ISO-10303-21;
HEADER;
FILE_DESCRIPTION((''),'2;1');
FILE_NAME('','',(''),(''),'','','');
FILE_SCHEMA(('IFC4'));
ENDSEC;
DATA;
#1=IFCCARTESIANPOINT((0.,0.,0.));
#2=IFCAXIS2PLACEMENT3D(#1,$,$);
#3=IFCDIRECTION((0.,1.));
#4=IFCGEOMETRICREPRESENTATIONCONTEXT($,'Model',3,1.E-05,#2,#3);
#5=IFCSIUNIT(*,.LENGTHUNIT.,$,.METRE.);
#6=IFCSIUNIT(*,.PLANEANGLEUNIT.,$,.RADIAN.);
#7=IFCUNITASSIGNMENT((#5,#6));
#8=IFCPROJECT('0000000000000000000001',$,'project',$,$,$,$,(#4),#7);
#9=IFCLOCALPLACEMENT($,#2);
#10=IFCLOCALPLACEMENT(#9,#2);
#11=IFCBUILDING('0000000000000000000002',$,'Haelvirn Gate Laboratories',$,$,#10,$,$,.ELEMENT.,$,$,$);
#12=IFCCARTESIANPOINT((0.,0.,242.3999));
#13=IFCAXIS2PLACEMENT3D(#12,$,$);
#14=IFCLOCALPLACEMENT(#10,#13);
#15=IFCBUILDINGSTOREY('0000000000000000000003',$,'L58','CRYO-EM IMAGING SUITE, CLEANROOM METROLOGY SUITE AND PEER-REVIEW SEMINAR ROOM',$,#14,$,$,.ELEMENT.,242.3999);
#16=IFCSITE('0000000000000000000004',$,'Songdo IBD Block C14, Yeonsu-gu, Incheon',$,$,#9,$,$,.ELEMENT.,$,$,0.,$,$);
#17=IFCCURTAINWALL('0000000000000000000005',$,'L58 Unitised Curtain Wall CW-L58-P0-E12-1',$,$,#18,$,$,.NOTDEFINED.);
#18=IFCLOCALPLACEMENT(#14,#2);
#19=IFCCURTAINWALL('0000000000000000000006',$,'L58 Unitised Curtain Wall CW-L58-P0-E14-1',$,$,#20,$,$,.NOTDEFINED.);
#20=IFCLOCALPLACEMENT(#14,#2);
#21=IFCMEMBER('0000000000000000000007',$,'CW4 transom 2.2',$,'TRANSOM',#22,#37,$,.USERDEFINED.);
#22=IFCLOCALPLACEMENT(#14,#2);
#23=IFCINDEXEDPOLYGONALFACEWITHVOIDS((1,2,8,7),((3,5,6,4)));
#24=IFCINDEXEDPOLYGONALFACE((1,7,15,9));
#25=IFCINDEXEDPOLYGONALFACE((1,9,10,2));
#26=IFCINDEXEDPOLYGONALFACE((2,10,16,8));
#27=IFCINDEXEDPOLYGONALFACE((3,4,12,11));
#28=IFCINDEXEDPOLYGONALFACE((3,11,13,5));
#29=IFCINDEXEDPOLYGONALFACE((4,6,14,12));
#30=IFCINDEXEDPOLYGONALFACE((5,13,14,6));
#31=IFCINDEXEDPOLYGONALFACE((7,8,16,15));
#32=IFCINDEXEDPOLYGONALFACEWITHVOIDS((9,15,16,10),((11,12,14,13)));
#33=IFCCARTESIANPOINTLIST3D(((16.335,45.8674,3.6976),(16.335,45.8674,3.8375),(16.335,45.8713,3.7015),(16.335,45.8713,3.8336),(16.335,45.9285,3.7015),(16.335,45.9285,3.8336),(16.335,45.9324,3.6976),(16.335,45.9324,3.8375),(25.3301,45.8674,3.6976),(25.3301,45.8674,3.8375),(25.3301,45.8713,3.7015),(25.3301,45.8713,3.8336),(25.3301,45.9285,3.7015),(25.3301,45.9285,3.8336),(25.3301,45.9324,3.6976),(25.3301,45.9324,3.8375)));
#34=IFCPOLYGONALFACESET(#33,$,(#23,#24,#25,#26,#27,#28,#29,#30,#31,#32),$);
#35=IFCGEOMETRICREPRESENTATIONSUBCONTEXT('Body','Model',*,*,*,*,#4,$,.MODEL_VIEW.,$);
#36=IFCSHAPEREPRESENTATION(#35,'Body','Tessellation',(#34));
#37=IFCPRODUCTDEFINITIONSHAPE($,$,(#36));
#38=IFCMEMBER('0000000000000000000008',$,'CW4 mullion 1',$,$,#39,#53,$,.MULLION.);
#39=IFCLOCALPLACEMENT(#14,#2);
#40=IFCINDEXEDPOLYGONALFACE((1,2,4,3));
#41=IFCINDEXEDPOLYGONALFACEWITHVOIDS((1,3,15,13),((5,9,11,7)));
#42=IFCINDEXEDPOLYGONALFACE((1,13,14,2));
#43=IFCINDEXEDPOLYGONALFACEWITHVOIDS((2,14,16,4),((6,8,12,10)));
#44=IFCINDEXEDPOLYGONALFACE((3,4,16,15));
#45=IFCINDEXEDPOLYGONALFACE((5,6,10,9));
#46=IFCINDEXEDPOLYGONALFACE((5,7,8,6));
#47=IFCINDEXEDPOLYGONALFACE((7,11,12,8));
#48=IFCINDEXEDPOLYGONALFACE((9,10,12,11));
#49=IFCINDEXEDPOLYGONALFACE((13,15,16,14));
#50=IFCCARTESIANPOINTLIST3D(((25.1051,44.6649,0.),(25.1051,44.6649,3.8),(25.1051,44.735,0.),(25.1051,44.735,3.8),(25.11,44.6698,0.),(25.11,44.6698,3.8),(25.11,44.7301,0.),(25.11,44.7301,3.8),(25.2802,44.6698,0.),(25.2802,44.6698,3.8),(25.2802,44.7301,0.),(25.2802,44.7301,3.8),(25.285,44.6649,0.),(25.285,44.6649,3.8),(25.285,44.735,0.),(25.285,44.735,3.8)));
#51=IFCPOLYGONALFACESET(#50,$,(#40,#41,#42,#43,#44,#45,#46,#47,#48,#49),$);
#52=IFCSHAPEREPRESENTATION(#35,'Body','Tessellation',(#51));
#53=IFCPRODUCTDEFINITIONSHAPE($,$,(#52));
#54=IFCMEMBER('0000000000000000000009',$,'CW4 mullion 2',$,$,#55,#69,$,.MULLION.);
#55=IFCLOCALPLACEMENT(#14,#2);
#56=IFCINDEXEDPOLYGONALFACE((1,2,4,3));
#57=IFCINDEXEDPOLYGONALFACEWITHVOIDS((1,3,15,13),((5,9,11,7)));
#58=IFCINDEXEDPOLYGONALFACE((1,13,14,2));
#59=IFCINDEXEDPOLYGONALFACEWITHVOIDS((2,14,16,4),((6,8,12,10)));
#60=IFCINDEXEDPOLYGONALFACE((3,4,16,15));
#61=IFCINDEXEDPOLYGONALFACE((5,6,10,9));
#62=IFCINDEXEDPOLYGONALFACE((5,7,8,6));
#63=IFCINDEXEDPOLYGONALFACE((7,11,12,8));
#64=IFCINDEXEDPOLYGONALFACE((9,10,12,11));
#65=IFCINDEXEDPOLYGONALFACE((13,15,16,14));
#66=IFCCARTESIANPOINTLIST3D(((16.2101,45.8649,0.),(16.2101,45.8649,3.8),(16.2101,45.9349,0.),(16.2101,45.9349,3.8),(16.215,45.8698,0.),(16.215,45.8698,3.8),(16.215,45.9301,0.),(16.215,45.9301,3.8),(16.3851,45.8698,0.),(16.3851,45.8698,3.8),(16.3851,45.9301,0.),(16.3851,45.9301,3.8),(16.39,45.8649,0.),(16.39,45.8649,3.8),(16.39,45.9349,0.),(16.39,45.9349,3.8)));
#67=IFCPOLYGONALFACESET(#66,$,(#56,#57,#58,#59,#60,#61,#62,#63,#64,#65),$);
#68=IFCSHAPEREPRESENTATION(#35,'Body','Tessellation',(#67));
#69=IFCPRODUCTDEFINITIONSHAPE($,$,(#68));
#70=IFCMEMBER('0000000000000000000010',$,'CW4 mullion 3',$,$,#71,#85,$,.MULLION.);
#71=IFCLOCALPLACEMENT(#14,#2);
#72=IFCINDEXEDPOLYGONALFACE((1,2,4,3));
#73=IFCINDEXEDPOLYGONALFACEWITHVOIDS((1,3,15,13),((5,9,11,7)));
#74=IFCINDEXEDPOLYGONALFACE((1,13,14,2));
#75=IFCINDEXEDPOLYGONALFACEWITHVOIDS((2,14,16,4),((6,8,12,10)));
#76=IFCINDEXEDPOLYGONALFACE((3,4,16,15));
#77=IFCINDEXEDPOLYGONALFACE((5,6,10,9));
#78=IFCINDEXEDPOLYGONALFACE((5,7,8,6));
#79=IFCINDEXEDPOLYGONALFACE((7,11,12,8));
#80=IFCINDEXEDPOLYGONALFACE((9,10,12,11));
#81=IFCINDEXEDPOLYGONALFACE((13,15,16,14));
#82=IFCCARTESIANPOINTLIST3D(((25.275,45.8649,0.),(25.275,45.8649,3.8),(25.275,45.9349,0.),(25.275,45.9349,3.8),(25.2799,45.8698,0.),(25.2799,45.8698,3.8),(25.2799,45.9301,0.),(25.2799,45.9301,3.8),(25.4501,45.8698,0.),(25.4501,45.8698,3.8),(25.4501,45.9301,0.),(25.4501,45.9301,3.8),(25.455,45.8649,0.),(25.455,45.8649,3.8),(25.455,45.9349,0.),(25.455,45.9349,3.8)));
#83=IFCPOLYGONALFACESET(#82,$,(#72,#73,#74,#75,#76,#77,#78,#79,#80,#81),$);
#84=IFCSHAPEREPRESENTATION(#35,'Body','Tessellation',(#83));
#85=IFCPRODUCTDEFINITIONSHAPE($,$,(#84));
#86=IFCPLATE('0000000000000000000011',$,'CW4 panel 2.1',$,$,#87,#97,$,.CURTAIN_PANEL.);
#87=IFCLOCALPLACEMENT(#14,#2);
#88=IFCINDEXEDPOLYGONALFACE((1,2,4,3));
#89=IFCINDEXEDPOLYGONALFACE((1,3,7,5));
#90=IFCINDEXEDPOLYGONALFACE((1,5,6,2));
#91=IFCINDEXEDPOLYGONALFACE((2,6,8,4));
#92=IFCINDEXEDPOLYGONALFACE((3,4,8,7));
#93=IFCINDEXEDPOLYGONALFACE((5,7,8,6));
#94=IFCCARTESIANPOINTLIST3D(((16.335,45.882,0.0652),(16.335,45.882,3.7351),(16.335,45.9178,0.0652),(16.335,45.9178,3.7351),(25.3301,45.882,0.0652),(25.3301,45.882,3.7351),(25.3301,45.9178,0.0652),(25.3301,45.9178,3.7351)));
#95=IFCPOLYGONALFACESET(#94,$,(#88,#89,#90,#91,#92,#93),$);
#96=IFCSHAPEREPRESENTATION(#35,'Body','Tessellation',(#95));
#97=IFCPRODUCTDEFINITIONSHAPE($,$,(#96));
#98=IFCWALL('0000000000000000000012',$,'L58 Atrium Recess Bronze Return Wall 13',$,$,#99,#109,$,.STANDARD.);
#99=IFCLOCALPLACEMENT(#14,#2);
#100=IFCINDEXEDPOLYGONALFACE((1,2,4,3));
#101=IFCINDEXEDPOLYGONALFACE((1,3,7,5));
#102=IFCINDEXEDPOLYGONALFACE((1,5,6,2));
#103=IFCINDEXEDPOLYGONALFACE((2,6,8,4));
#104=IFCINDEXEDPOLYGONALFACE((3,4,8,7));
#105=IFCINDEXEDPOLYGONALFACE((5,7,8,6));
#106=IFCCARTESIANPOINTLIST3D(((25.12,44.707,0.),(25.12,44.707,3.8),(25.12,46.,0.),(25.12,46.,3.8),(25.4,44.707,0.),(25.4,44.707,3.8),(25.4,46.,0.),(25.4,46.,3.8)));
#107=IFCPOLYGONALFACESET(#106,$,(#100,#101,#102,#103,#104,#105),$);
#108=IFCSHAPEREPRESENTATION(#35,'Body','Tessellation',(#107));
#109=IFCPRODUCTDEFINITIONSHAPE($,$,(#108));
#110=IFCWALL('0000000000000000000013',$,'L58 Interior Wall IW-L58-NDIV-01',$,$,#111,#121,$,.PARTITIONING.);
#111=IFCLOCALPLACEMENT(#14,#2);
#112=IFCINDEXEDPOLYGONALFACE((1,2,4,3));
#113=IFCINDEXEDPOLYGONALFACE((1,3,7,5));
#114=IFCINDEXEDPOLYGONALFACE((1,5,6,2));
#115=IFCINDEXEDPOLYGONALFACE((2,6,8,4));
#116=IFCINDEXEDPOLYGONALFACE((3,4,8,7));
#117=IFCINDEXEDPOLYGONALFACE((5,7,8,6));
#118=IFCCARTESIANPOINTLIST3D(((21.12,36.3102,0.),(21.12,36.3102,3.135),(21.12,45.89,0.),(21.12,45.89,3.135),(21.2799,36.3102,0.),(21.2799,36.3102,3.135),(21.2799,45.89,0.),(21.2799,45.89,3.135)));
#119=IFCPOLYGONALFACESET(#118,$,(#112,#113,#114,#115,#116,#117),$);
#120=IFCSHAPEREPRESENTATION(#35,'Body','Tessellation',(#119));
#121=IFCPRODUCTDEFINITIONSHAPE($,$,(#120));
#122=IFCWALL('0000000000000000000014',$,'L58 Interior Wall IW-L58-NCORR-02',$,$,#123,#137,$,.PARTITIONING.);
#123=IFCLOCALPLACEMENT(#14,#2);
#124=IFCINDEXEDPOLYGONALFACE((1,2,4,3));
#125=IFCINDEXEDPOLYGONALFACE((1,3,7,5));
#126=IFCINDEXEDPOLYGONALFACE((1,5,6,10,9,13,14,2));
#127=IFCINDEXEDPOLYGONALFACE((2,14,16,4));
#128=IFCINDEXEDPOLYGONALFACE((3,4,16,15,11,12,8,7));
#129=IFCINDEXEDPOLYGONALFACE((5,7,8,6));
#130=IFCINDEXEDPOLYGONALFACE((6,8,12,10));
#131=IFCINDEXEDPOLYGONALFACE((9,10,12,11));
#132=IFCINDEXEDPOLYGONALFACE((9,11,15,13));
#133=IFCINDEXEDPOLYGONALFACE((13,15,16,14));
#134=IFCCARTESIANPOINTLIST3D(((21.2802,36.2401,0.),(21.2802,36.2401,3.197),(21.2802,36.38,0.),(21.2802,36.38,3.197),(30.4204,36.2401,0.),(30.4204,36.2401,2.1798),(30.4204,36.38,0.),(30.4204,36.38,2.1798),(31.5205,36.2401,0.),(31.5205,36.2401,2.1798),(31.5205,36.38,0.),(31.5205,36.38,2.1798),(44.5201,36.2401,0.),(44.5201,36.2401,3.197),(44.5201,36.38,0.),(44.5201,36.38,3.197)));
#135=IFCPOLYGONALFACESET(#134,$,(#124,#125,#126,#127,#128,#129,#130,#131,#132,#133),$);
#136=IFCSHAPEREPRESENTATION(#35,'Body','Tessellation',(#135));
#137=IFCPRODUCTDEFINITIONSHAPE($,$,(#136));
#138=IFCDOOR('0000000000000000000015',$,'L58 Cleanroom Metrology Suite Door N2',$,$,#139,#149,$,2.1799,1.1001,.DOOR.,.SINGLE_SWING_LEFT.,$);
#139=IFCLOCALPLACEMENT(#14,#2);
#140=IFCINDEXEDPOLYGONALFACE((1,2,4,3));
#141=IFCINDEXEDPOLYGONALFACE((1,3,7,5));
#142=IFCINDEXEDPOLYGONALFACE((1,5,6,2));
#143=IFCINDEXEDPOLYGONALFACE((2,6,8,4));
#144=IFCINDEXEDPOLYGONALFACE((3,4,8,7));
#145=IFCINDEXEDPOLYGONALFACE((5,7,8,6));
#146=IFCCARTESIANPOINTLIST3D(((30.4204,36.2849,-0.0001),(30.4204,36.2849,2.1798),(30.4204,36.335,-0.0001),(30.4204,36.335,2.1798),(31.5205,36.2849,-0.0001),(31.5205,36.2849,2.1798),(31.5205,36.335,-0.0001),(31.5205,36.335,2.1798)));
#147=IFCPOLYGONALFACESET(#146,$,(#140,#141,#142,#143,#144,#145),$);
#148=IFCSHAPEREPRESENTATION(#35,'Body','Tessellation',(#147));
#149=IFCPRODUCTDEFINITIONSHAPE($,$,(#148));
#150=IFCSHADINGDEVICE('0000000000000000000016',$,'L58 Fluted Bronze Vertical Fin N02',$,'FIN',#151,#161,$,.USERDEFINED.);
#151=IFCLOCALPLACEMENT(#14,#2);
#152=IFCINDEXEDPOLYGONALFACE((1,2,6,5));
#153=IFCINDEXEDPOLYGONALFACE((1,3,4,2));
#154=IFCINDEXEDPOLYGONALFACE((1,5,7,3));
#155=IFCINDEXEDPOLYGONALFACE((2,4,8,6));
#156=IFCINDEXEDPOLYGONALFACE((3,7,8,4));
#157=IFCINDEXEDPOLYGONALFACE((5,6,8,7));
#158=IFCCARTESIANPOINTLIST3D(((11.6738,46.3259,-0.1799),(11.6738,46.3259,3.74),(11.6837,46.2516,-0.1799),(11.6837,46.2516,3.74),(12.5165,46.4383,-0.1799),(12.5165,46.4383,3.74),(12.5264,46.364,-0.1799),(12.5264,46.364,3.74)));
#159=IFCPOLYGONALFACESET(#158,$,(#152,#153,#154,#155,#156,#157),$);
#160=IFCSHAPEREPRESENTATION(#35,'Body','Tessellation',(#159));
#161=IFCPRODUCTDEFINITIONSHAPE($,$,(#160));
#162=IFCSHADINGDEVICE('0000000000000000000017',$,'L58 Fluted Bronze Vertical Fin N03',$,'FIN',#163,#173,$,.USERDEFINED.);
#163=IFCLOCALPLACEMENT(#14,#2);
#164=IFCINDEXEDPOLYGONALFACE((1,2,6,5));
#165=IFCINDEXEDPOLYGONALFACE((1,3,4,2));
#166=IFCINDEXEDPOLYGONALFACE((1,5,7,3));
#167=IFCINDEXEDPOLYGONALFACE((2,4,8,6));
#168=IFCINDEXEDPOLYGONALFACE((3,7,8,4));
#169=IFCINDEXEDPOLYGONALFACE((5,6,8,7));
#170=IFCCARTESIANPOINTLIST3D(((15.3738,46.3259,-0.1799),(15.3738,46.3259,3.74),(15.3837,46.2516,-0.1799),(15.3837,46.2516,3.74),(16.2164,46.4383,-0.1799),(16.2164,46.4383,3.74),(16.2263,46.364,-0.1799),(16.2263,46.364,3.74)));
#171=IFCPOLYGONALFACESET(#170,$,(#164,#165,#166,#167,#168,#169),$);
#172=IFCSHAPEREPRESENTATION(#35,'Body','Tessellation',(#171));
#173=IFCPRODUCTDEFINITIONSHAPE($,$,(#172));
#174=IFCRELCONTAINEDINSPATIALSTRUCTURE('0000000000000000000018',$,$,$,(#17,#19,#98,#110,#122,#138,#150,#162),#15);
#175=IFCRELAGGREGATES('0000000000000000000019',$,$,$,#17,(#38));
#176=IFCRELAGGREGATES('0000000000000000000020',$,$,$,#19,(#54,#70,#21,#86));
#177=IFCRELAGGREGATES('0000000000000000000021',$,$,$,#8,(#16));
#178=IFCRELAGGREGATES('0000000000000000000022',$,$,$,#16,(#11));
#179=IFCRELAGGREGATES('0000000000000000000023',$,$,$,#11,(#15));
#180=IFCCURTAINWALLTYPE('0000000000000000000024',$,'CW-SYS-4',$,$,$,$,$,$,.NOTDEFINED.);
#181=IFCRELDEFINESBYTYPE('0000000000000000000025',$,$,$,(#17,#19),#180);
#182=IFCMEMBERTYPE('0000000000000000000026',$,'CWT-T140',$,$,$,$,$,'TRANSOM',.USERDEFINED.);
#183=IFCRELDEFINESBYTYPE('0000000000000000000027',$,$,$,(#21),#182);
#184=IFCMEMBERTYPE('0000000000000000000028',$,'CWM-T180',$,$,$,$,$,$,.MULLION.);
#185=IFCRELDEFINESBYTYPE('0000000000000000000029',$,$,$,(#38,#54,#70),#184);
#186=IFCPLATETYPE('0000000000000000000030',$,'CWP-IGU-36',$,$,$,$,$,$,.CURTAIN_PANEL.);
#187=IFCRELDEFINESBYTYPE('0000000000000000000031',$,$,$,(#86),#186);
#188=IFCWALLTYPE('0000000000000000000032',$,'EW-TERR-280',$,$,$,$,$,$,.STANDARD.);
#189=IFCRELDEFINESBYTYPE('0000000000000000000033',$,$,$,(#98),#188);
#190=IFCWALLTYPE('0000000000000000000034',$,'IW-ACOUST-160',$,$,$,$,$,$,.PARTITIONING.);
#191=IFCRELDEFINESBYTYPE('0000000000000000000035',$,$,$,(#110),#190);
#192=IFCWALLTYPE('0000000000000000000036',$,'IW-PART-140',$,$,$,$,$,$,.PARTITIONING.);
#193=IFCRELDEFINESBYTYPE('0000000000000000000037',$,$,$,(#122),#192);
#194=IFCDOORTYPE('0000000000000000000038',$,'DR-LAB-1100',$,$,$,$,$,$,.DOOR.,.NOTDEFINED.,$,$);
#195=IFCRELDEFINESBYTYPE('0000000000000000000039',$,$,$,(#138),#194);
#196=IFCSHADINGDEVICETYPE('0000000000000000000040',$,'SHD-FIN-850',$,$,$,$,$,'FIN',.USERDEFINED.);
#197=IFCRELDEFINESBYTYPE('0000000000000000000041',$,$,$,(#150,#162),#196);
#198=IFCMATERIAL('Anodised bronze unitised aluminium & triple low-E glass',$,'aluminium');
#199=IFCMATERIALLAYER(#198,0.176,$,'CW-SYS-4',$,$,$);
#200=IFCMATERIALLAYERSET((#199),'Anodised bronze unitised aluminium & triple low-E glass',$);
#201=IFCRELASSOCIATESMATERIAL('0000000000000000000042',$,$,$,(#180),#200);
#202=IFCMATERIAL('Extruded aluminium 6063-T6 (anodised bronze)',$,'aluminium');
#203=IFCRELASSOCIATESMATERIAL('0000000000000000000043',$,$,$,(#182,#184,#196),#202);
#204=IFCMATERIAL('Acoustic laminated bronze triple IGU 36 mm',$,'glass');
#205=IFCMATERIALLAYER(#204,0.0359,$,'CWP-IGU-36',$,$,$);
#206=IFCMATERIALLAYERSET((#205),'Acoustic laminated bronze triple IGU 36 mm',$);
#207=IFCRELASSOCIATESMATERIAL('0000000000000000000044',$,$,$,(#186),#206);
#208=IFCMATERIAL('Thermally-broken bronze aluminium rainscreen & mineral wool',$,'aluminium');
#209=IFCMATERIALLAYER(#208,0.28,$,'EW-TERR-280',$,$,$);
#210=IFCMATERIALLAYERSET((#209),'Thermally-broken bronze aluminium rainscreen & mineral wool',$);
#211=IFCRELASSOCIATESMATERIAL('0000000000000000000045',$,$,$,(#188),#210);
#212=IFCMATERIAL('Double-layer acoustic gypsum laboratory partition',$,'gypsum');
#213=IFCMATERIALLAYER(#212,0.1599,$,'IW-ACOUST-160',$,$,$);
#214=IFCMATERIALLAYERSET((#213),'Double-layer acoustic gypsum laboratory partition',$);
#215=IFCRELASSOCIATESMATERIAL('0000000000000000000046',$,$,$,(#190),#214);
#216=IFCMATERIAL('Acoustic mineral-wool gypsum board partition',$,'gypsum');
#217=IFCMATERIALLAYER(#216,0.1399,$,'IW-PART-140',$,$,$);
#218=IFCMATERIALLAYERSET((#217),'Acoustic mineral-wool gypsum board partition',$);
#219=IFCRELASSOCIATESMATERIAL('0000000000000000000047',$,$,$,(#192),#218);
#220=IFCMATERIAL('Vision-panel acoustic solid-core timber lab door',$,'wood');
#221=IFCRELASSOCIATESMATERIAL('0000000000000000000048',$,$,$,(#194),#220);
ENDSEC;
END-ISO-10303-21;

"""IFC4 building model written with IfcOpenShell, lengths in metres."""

from ifc_helpers import new_model, si_unit, direction, frame, frame_2d, origin, origin_2d, place, context, subcontext, project, spatial, rectangle, hollow_rectangle, extrude, source, transform, mapped, material, layer, layer_set, material_profile, profile_set, type_object, type_shapes, element, fill, aggregate, save


model = new_model("IFC4")

# Units and contexts
model_context = context("Model", 3, precision=1e-05, world=origin(), true_north=direction((0.0, 1.0)))
body_context = subcontext(model_context, "Body", "Model", "MODEL_VIEW")
ifc_project = project(units=[si_unit("LENGTHUNIT", "METRE"), si_unit("PLANEANGLEUNIT", "RADIAN")], contexts=[model_context])

# Site, building, storey
site_placement = place(None, origin())
site = spatial("IfcSite", under=ifc_project, at=site_placement, Name="Songdo IBD Block C14, Yeonsu-gu, Incheon", CompositionType="ELEMENT", RefElevation=0.0)
building_placement = place(site_placement, origin())
building = spatial("IfcBuilding", under=site, at=building_placement, Name="Haelvirn Gate Laboratories", CompositionType="ELEMENT")
storey_placement = place(building_placement, frame((0.0, 0.0, 242.3999)))
storey = spatial("IfcBuildingStorey", under=building, at=storey_placement, Name="L58", Description="CRYO-EM IMAGING SUITE, CLEANROOM METROLOGY SUITE AND PEER-REVIEW SEMINAR ROOM", CompositionType="ELEMENT", Elevation=242.3999)

# Curtain walls, member
ifc_material_1 = material(Name="Anodised bronze unitised aluminium & triple low-E glass", Category="aluminium")
ifc_layer_1 = layer(ifc_material_1, 0.176, Name="CW-SYS-4")
ifc_layer_set_1 = layer_set([ifc_layer_1], Name="Anodised bronze unitised aluminium & triple low-E glass")
curtain_wall_type = type_object("IfcCurtainWallType", Name="CW-SYS-4", PredefinedType="NOTDEFINED", material=ifc_layer_set_1)
curtain_wall_1_placement = place(storey_placement, origin())
curtain_wall_1 = element("IfcCurtainWall", 1, at=curtain_wall_1_placement, inside=storey, type_object=curtain_wall_type, Name="L58 Unitised Curtain Wall CW-L58-P0-E12-1", PredefinedType="NOTDEFINED")
ifc_material_2 = material(Name="Extruded aluminium 6063-T6 (anodised bronze)", Category="aluminium")
ifc_material_profile_1 = material_profile(ifc_material_2, hollow_rectangle(XDim=0.0649, YDim=0.1399, WallThickness=0.0039, at=origin_2d()), Name="CWT-140x65x4")
ifc_profile_set_1 = profile_set([ifc_material_profile_1], Name="Extruded aluminium 6063-T6 (anodised bronze)")
member_type_1 = type_object("IfcMemberType", Name="CWT-T140", ElementType="TRANSOM", PredefinedType="USERDEFINED", material=ifc_profile_set_1)
curtain_wall_2_placement = place(storey_placement, origin())
curtain_wall_2 = element("IfcCurtainWall", 2, at=curtain_wall_2_placement, inside=storey, type_object=curtain_wall_type, Name="L58 Unitised Curtain Wall CW-L58-P0-E14-1", PredefinedType="NOTDEFINED")
shared_shape_1 = source(origin(), body_context, "Body", "SweptSolid", [
    extrude(hollow_rectangle(XDim=0.0649, YDim=0.1399, WallThickness=0.0039, at=origin_2d()), origin(), (0.0, 0.0, 1.0), 8.9951),
])
member_1_placement = place(storey_placement, frame((16.335, 45.8999, 3.7676), z_axis=(1.0, 0.0, 0.0), x_axis=(0.0, 1.0, 0.0)))
member_1 = element("IfcMember", 3, at=member_1_placement, type_object=member_type_1, Name="CW4 transom 2.2", ObjectType="TRANSOM", PredefinedType="USERDEFINED", context=body_context, shape_type="MappedRepresentation", body=[
    mapped(shared_shape_1, transform((0.0, 0.0, 0.0), scale=1.0)),
])

# Members
ifc_material_profile_2 = material_profile(ifc_material_2, hollow_rectangle(XDim=0.0701, YDim=0.1799, WallThickness=0.0049, at=origin_2d()), Name="CWM-180x70x5")
ifc_profile_set_2 = profile_set([ifc_material_profile_2], Name="Extruded aluminium 6063-T6 (anodised bronze)")
member_type_2 = type_object("IfcMemberType", Name="CWM-T180", PredefinedType="MULLION", material=ifc_profile_set_2)
shared_shape_2 = source(origin(), body_context, "Body", "SweptSolid", [
    extrude(hollow_rectangle(XDim=0.0701, YDim=0.1799, WallThickness=0.0049, at=origin_2d()), origin(), (0.0, 0.0, 1.0), 3.8),
])
type_shapes(member_type_2, [shared_shape_2])
member_2_placement = place(storey_placement, frame((25.1951, 44.7, 0.0), z_axis=(0.0, 0.0, 1.0), x_axis=(0.0, 1.0, 0.0)))
member_2 = element("IfcMember", 4, at=member_2_placement, type_object=member_type_2, Name="CW4 mullion 1", PredefinedType="MULLION", context=body_context, shape_type="MappedRepresentation", body=[
    mapped(shared_shape_2, transform((0.0, 0.0, 0.0), scale=1.0)),
])
aggregate(curtain_wall_1, [member_2])
member_3_placement = place(storey_placement, frame((16.3, 45.8999, 0.0), z_axis=(0.0, 0.0, 1.0), x_axis=(0.0, 1.0, 0.0)))
member_3 = element("IfcMember", 5, at=member_3_placement, type_object=member_type_2, Name="CW4 mullion 2", PredefinedType="MULLION", context=body_context, shape_type="MappedRepresentation", body=[
    mapped(shared_shape_2, transform((0.0, 0.0, 0.0), scale=1.0)),
])
member_4_placement = place(storey_placement, frame((25.365, 45.8999, 0.0), z_axis=(0.0, 0.0, 1.0), x_axis=(0.0, 1.0, 0.0)))
member_4 = element("IfcMember", 6, at=member_4_placement, type_object=member_type_2, Name="CW4 mullion 3", PredefinedType="MULLION", context=body_context, shape_type="MappedRepresentation", body=[
    mapped(shared_shape_2, transform((0.0, 0.0, 0.0), scale=1.0)),
])

# Plate
ifc_material_3 = material(Name="Acoustic laminated bronze triple IGU 36 mm", Category="glass")
ifc_layer_2 = layer(ifc_material_3, 0.0359, Name="CWP-IGU-36")
ifc_layer_set_2 = layer_set([ifc_layer_2], Name="Acoustic laminated bronze triple IGU 36 mm")
plate_type = type_object("IfcPlateType", Name="CWP-IGU-36", PredefinedType="CURTAIN_PANEL", material=ifc_layer_set_2)
shared_shape_3 = source(origin(), body_context, "Body", "SweptSolid", [
    extrude(rectangle(XDim=8.9951, YDim=0.0359, at=origin_2d()), origin(), (0.0, 0.0, 1.0), 3.6699),
])
type_shapes(plate_type, [shared_shape_3])
plate_placement = place(storey_placement, frame((20.8325, 45.8999, 0.0652), z_axis=(0.0, 0.0, 1.0), x_axis=(1.0, 0.0, 0.0)))
plate = element("IfcPlate", 7, at=plate_placement, type_object=plate_type, Name="CW4 panel 2.1", PredefinedType="CURTAIN_PANEL", context=body_context, shape_type="MappedRepresentation", body=[
    mapped(shared_shape_3, transform((0.0, 0.0, 0.0), scale=1.0)),
])
aggregate(curtain_wall_2, [member_3, member_4, member_1, plate])

# Walls
ifc_material_4 = material(Name="Thermally-broken bronze aluminium rainscreen & mineral wool", Category="aluminium")
ifc_layer_3 = layer(ifc_material_4, 0.28, Name="EW-TERR-280")
ifc_layer_set_3 = layer_set([ifc_layer_3], Name="Thermally-broken bronze aluminium rainscreen & mineral wool")
wall_type_1 = type_object("IfcWallType", Name="EW-TERR-280", PredefinedType="STANDARD", material=ifc_layer_set_3)
wall_1_placement = place(storey_placement, frame((25.26, 44.707, 0.0), z_axis=(0.0, 0.0, 1.0), x_axis=(0.0, 1.0, 0.0)))
element("IfcWall", 8, at=wall_1_placement, inside=storey, type_object=wall_type_1, Name="L58 Atrium Recess Bronze Return Wall 13", PredefinedType="STANDARD", context=body_context, shape_type="SweptSolid", body=[
    extrude(rectangle(XDim=1.293, YDim=0.28, at=frame_2d((0.6465, 0.0))), origin(), (0.0, 0.0, 1.0), 3.8),
])
ifc_material_5 = material(Name="Double-layer acoustic gypsum laboratory partition", Category="gypsum")
ifc_layer_4 = layer(ifc_material_5, 0.1599, Name="IW-ACOUST-160")
ifc_layer_set_4 = layer_set([ifc_layer_4], Name="Double-layer acoustic gypsum laboratory partition")
wall_type_2 = type_object("IfcWallType", Name="IW-ACOUST-160", PredefinedType="PARTITIONING", material=ifc_layer_set_4)
wall_2_placement = place(storey_placement, frame((21.2, 36.3101, 0.0), z_axis=(0.0, 0.0, 1.0), x_axis=(0.0, 1.0, 0.0)))
element("IfcWall", 9, at=wall_2_placement, inside=storey, type_object=wall_type_2, Name="L58 Interior Wall IW-L58-NDIV-01", PredefinedType="PARTITIONING", context=body_context, shape_type="SweptSolid", body=[
    extrude(rectangle(XDim=9.5798, YDim=0.1599, at=frame_2d((4.79, 0.0))), origin(), (0.0, 0.0, 1.0), 3.135),
])

# Wall, opening, door
ifc_material_6 = material(Name="Acoustic mineral-wool gypsum board partition", Category="gypsum")
ifc_layer_5 = layer(ifc_material_6, 0.1399, Name="IW-PART-140")
ifc_layer_set_5 = layer_set([ifc_layer_5], Name="Acoustic mineral-wool gypsum board partition")
wall_type_3 = type_object("IfcWallType", Name="IW-PART-140", PredefinedType="PARTITIONING", material=ifc_layer_set_5)
wall_3_placement = place(storey_placement, frame((21.28, 36.3101, 0.0), z_axis=(0.0, 0.0, 1.0), x_axis=(1.0, 0.0, 0.0)))
wall_3 = element("IfcWall", 10, at=wall_3_placement, inside=storey, type_object=wall_type_3, Name="L58 Interior Wall IW-L58-NCORR-02", PredefinedType="PARTITIONING", context=body_context, shape_type="SweptSolid", body=[
    extrude(rectangle(XDim=23.24, YDim=0.1399, at=frame_2d((11.6201, 0.0))), origin(), (0.0, 0.0, 1.0), 3.197),
])
opening_placement = place(wall_3_placement, frame((9.1404, 0.0, 0.0)))
opening = element("IfcOpeningElement", 11, at=opening_placement, cuts=wall_3, PredefinedType="OPENING", context=body_context, shape_type="SweptSolid", body=[
    extrude(rectangle(XDim=1.1001, YDim=2.1799, at=frame_2d((0.55, 1.0898))), frame((0.0, 0.0801, 0.0), z_axis=(0.0, -1.0, 0.0), x_axis=(1.0, 0.0, 0.0)), (0.0, 0.0, 1.0), 0.1599),
])
ifc_material_7 = material(Name="Vision-panel acoustic solid-core timber lab door", Category="wood")
door_type = type_object("IfcDoorType", Name="DR-LAB-1100", OperationType="NOTDEFINED", PredefinedType="DOOR", material=ifc_material_7)
shared_shape_4 = source(origin(), body_context, "Body", "SweptSolid", [
    extrude(rectangle(XDim=1.1001, YDim=2.1799, at=frame_2d((0.55, 1.0898))), frame((0.0, 0.0249, 0.0), z_axis=(0.0, -1.0, 0.0), x_axis=(1.0, 0.0, 0.0)), (0.0, 0.0, 1.0), 0.05),
])
type_shapes(door_type, [shared_shape_4])
door_placement = place(opening_placement, origin())
door = element("IfcDoor", 12, at=door_placement, inside=storey, type_object=door_type, Name="L58 Cleanroom Metrology Suite Door N2", OperationType="SINGLE_SWING_LEFT", OverallHeight=2.1799, OverallWidth=1.1001, PredefinedType="DOOR", context=body_context, shape_type="MappedRepresentation", body=[
    mapped(shared_shape_4, transform((0.0, 0.0, 0.0), scale=1.0)),
])
fill(opening, door)

# Shading devices
ifc_material_profile_3 = material_profile(ifc_material_2, rectangle(XDim=0.075, YDim=0.8501, at=origin_2d()), Name="FIN-850x75")
ifc_profile_set_3 = profile_set([ifc_material_profile_3], Name="Extruded aluminium 6063-T6 (anodised bronze)")
shading_device_type = type_object("IfcShadingDeviceType", Name="SHD-FIN-850", ElementType="FIN", PredefinedType="USERDEFINED", material=ifc_profile_set_3)
shared_shape_5 = source(origin(), body_context, "Body", "SweptSolid", [
    extrude(rectangle(XDim=0.075, YDim=0.8501, at=origin_2d()), origin(), (0.0, 0.0, 1.0), 3.9199),
])
type_shapes(shading_device_type, [shared_shape_5])
for number, where, z_axis, x_axis, name in (
    (13, (12.1001, 46.345, -0.1799), (0.0, 0.0, 1.0), (-0.132256, 0.991216, 0.0), "L58 Fluted Bronze Vertical Fin N02"),
    (14, (15.8, 46.345, -0.1799), (0.0, 0.0, 1.0), (-0.132256, 0.991216, 0.0), "L58 Fluted Bronze Vertical Fin N03"),
):
    element("IfcShadingDevice", number, at=place(storey_placement, frame(where, z_axis=z_axis, x_axis=x_axis)), inside=storey, type_object=shading_device_type, Name=name, ObjectType="FIN", PredefinedType="USERDEFINED", context=body_context, shape_type="MappedRepresentation", body=[
        mapped(shared_shape_5, transform((0.0, 0.0, 0.0), scale=1.0)),
    ])

save(model, "model.ifc")
